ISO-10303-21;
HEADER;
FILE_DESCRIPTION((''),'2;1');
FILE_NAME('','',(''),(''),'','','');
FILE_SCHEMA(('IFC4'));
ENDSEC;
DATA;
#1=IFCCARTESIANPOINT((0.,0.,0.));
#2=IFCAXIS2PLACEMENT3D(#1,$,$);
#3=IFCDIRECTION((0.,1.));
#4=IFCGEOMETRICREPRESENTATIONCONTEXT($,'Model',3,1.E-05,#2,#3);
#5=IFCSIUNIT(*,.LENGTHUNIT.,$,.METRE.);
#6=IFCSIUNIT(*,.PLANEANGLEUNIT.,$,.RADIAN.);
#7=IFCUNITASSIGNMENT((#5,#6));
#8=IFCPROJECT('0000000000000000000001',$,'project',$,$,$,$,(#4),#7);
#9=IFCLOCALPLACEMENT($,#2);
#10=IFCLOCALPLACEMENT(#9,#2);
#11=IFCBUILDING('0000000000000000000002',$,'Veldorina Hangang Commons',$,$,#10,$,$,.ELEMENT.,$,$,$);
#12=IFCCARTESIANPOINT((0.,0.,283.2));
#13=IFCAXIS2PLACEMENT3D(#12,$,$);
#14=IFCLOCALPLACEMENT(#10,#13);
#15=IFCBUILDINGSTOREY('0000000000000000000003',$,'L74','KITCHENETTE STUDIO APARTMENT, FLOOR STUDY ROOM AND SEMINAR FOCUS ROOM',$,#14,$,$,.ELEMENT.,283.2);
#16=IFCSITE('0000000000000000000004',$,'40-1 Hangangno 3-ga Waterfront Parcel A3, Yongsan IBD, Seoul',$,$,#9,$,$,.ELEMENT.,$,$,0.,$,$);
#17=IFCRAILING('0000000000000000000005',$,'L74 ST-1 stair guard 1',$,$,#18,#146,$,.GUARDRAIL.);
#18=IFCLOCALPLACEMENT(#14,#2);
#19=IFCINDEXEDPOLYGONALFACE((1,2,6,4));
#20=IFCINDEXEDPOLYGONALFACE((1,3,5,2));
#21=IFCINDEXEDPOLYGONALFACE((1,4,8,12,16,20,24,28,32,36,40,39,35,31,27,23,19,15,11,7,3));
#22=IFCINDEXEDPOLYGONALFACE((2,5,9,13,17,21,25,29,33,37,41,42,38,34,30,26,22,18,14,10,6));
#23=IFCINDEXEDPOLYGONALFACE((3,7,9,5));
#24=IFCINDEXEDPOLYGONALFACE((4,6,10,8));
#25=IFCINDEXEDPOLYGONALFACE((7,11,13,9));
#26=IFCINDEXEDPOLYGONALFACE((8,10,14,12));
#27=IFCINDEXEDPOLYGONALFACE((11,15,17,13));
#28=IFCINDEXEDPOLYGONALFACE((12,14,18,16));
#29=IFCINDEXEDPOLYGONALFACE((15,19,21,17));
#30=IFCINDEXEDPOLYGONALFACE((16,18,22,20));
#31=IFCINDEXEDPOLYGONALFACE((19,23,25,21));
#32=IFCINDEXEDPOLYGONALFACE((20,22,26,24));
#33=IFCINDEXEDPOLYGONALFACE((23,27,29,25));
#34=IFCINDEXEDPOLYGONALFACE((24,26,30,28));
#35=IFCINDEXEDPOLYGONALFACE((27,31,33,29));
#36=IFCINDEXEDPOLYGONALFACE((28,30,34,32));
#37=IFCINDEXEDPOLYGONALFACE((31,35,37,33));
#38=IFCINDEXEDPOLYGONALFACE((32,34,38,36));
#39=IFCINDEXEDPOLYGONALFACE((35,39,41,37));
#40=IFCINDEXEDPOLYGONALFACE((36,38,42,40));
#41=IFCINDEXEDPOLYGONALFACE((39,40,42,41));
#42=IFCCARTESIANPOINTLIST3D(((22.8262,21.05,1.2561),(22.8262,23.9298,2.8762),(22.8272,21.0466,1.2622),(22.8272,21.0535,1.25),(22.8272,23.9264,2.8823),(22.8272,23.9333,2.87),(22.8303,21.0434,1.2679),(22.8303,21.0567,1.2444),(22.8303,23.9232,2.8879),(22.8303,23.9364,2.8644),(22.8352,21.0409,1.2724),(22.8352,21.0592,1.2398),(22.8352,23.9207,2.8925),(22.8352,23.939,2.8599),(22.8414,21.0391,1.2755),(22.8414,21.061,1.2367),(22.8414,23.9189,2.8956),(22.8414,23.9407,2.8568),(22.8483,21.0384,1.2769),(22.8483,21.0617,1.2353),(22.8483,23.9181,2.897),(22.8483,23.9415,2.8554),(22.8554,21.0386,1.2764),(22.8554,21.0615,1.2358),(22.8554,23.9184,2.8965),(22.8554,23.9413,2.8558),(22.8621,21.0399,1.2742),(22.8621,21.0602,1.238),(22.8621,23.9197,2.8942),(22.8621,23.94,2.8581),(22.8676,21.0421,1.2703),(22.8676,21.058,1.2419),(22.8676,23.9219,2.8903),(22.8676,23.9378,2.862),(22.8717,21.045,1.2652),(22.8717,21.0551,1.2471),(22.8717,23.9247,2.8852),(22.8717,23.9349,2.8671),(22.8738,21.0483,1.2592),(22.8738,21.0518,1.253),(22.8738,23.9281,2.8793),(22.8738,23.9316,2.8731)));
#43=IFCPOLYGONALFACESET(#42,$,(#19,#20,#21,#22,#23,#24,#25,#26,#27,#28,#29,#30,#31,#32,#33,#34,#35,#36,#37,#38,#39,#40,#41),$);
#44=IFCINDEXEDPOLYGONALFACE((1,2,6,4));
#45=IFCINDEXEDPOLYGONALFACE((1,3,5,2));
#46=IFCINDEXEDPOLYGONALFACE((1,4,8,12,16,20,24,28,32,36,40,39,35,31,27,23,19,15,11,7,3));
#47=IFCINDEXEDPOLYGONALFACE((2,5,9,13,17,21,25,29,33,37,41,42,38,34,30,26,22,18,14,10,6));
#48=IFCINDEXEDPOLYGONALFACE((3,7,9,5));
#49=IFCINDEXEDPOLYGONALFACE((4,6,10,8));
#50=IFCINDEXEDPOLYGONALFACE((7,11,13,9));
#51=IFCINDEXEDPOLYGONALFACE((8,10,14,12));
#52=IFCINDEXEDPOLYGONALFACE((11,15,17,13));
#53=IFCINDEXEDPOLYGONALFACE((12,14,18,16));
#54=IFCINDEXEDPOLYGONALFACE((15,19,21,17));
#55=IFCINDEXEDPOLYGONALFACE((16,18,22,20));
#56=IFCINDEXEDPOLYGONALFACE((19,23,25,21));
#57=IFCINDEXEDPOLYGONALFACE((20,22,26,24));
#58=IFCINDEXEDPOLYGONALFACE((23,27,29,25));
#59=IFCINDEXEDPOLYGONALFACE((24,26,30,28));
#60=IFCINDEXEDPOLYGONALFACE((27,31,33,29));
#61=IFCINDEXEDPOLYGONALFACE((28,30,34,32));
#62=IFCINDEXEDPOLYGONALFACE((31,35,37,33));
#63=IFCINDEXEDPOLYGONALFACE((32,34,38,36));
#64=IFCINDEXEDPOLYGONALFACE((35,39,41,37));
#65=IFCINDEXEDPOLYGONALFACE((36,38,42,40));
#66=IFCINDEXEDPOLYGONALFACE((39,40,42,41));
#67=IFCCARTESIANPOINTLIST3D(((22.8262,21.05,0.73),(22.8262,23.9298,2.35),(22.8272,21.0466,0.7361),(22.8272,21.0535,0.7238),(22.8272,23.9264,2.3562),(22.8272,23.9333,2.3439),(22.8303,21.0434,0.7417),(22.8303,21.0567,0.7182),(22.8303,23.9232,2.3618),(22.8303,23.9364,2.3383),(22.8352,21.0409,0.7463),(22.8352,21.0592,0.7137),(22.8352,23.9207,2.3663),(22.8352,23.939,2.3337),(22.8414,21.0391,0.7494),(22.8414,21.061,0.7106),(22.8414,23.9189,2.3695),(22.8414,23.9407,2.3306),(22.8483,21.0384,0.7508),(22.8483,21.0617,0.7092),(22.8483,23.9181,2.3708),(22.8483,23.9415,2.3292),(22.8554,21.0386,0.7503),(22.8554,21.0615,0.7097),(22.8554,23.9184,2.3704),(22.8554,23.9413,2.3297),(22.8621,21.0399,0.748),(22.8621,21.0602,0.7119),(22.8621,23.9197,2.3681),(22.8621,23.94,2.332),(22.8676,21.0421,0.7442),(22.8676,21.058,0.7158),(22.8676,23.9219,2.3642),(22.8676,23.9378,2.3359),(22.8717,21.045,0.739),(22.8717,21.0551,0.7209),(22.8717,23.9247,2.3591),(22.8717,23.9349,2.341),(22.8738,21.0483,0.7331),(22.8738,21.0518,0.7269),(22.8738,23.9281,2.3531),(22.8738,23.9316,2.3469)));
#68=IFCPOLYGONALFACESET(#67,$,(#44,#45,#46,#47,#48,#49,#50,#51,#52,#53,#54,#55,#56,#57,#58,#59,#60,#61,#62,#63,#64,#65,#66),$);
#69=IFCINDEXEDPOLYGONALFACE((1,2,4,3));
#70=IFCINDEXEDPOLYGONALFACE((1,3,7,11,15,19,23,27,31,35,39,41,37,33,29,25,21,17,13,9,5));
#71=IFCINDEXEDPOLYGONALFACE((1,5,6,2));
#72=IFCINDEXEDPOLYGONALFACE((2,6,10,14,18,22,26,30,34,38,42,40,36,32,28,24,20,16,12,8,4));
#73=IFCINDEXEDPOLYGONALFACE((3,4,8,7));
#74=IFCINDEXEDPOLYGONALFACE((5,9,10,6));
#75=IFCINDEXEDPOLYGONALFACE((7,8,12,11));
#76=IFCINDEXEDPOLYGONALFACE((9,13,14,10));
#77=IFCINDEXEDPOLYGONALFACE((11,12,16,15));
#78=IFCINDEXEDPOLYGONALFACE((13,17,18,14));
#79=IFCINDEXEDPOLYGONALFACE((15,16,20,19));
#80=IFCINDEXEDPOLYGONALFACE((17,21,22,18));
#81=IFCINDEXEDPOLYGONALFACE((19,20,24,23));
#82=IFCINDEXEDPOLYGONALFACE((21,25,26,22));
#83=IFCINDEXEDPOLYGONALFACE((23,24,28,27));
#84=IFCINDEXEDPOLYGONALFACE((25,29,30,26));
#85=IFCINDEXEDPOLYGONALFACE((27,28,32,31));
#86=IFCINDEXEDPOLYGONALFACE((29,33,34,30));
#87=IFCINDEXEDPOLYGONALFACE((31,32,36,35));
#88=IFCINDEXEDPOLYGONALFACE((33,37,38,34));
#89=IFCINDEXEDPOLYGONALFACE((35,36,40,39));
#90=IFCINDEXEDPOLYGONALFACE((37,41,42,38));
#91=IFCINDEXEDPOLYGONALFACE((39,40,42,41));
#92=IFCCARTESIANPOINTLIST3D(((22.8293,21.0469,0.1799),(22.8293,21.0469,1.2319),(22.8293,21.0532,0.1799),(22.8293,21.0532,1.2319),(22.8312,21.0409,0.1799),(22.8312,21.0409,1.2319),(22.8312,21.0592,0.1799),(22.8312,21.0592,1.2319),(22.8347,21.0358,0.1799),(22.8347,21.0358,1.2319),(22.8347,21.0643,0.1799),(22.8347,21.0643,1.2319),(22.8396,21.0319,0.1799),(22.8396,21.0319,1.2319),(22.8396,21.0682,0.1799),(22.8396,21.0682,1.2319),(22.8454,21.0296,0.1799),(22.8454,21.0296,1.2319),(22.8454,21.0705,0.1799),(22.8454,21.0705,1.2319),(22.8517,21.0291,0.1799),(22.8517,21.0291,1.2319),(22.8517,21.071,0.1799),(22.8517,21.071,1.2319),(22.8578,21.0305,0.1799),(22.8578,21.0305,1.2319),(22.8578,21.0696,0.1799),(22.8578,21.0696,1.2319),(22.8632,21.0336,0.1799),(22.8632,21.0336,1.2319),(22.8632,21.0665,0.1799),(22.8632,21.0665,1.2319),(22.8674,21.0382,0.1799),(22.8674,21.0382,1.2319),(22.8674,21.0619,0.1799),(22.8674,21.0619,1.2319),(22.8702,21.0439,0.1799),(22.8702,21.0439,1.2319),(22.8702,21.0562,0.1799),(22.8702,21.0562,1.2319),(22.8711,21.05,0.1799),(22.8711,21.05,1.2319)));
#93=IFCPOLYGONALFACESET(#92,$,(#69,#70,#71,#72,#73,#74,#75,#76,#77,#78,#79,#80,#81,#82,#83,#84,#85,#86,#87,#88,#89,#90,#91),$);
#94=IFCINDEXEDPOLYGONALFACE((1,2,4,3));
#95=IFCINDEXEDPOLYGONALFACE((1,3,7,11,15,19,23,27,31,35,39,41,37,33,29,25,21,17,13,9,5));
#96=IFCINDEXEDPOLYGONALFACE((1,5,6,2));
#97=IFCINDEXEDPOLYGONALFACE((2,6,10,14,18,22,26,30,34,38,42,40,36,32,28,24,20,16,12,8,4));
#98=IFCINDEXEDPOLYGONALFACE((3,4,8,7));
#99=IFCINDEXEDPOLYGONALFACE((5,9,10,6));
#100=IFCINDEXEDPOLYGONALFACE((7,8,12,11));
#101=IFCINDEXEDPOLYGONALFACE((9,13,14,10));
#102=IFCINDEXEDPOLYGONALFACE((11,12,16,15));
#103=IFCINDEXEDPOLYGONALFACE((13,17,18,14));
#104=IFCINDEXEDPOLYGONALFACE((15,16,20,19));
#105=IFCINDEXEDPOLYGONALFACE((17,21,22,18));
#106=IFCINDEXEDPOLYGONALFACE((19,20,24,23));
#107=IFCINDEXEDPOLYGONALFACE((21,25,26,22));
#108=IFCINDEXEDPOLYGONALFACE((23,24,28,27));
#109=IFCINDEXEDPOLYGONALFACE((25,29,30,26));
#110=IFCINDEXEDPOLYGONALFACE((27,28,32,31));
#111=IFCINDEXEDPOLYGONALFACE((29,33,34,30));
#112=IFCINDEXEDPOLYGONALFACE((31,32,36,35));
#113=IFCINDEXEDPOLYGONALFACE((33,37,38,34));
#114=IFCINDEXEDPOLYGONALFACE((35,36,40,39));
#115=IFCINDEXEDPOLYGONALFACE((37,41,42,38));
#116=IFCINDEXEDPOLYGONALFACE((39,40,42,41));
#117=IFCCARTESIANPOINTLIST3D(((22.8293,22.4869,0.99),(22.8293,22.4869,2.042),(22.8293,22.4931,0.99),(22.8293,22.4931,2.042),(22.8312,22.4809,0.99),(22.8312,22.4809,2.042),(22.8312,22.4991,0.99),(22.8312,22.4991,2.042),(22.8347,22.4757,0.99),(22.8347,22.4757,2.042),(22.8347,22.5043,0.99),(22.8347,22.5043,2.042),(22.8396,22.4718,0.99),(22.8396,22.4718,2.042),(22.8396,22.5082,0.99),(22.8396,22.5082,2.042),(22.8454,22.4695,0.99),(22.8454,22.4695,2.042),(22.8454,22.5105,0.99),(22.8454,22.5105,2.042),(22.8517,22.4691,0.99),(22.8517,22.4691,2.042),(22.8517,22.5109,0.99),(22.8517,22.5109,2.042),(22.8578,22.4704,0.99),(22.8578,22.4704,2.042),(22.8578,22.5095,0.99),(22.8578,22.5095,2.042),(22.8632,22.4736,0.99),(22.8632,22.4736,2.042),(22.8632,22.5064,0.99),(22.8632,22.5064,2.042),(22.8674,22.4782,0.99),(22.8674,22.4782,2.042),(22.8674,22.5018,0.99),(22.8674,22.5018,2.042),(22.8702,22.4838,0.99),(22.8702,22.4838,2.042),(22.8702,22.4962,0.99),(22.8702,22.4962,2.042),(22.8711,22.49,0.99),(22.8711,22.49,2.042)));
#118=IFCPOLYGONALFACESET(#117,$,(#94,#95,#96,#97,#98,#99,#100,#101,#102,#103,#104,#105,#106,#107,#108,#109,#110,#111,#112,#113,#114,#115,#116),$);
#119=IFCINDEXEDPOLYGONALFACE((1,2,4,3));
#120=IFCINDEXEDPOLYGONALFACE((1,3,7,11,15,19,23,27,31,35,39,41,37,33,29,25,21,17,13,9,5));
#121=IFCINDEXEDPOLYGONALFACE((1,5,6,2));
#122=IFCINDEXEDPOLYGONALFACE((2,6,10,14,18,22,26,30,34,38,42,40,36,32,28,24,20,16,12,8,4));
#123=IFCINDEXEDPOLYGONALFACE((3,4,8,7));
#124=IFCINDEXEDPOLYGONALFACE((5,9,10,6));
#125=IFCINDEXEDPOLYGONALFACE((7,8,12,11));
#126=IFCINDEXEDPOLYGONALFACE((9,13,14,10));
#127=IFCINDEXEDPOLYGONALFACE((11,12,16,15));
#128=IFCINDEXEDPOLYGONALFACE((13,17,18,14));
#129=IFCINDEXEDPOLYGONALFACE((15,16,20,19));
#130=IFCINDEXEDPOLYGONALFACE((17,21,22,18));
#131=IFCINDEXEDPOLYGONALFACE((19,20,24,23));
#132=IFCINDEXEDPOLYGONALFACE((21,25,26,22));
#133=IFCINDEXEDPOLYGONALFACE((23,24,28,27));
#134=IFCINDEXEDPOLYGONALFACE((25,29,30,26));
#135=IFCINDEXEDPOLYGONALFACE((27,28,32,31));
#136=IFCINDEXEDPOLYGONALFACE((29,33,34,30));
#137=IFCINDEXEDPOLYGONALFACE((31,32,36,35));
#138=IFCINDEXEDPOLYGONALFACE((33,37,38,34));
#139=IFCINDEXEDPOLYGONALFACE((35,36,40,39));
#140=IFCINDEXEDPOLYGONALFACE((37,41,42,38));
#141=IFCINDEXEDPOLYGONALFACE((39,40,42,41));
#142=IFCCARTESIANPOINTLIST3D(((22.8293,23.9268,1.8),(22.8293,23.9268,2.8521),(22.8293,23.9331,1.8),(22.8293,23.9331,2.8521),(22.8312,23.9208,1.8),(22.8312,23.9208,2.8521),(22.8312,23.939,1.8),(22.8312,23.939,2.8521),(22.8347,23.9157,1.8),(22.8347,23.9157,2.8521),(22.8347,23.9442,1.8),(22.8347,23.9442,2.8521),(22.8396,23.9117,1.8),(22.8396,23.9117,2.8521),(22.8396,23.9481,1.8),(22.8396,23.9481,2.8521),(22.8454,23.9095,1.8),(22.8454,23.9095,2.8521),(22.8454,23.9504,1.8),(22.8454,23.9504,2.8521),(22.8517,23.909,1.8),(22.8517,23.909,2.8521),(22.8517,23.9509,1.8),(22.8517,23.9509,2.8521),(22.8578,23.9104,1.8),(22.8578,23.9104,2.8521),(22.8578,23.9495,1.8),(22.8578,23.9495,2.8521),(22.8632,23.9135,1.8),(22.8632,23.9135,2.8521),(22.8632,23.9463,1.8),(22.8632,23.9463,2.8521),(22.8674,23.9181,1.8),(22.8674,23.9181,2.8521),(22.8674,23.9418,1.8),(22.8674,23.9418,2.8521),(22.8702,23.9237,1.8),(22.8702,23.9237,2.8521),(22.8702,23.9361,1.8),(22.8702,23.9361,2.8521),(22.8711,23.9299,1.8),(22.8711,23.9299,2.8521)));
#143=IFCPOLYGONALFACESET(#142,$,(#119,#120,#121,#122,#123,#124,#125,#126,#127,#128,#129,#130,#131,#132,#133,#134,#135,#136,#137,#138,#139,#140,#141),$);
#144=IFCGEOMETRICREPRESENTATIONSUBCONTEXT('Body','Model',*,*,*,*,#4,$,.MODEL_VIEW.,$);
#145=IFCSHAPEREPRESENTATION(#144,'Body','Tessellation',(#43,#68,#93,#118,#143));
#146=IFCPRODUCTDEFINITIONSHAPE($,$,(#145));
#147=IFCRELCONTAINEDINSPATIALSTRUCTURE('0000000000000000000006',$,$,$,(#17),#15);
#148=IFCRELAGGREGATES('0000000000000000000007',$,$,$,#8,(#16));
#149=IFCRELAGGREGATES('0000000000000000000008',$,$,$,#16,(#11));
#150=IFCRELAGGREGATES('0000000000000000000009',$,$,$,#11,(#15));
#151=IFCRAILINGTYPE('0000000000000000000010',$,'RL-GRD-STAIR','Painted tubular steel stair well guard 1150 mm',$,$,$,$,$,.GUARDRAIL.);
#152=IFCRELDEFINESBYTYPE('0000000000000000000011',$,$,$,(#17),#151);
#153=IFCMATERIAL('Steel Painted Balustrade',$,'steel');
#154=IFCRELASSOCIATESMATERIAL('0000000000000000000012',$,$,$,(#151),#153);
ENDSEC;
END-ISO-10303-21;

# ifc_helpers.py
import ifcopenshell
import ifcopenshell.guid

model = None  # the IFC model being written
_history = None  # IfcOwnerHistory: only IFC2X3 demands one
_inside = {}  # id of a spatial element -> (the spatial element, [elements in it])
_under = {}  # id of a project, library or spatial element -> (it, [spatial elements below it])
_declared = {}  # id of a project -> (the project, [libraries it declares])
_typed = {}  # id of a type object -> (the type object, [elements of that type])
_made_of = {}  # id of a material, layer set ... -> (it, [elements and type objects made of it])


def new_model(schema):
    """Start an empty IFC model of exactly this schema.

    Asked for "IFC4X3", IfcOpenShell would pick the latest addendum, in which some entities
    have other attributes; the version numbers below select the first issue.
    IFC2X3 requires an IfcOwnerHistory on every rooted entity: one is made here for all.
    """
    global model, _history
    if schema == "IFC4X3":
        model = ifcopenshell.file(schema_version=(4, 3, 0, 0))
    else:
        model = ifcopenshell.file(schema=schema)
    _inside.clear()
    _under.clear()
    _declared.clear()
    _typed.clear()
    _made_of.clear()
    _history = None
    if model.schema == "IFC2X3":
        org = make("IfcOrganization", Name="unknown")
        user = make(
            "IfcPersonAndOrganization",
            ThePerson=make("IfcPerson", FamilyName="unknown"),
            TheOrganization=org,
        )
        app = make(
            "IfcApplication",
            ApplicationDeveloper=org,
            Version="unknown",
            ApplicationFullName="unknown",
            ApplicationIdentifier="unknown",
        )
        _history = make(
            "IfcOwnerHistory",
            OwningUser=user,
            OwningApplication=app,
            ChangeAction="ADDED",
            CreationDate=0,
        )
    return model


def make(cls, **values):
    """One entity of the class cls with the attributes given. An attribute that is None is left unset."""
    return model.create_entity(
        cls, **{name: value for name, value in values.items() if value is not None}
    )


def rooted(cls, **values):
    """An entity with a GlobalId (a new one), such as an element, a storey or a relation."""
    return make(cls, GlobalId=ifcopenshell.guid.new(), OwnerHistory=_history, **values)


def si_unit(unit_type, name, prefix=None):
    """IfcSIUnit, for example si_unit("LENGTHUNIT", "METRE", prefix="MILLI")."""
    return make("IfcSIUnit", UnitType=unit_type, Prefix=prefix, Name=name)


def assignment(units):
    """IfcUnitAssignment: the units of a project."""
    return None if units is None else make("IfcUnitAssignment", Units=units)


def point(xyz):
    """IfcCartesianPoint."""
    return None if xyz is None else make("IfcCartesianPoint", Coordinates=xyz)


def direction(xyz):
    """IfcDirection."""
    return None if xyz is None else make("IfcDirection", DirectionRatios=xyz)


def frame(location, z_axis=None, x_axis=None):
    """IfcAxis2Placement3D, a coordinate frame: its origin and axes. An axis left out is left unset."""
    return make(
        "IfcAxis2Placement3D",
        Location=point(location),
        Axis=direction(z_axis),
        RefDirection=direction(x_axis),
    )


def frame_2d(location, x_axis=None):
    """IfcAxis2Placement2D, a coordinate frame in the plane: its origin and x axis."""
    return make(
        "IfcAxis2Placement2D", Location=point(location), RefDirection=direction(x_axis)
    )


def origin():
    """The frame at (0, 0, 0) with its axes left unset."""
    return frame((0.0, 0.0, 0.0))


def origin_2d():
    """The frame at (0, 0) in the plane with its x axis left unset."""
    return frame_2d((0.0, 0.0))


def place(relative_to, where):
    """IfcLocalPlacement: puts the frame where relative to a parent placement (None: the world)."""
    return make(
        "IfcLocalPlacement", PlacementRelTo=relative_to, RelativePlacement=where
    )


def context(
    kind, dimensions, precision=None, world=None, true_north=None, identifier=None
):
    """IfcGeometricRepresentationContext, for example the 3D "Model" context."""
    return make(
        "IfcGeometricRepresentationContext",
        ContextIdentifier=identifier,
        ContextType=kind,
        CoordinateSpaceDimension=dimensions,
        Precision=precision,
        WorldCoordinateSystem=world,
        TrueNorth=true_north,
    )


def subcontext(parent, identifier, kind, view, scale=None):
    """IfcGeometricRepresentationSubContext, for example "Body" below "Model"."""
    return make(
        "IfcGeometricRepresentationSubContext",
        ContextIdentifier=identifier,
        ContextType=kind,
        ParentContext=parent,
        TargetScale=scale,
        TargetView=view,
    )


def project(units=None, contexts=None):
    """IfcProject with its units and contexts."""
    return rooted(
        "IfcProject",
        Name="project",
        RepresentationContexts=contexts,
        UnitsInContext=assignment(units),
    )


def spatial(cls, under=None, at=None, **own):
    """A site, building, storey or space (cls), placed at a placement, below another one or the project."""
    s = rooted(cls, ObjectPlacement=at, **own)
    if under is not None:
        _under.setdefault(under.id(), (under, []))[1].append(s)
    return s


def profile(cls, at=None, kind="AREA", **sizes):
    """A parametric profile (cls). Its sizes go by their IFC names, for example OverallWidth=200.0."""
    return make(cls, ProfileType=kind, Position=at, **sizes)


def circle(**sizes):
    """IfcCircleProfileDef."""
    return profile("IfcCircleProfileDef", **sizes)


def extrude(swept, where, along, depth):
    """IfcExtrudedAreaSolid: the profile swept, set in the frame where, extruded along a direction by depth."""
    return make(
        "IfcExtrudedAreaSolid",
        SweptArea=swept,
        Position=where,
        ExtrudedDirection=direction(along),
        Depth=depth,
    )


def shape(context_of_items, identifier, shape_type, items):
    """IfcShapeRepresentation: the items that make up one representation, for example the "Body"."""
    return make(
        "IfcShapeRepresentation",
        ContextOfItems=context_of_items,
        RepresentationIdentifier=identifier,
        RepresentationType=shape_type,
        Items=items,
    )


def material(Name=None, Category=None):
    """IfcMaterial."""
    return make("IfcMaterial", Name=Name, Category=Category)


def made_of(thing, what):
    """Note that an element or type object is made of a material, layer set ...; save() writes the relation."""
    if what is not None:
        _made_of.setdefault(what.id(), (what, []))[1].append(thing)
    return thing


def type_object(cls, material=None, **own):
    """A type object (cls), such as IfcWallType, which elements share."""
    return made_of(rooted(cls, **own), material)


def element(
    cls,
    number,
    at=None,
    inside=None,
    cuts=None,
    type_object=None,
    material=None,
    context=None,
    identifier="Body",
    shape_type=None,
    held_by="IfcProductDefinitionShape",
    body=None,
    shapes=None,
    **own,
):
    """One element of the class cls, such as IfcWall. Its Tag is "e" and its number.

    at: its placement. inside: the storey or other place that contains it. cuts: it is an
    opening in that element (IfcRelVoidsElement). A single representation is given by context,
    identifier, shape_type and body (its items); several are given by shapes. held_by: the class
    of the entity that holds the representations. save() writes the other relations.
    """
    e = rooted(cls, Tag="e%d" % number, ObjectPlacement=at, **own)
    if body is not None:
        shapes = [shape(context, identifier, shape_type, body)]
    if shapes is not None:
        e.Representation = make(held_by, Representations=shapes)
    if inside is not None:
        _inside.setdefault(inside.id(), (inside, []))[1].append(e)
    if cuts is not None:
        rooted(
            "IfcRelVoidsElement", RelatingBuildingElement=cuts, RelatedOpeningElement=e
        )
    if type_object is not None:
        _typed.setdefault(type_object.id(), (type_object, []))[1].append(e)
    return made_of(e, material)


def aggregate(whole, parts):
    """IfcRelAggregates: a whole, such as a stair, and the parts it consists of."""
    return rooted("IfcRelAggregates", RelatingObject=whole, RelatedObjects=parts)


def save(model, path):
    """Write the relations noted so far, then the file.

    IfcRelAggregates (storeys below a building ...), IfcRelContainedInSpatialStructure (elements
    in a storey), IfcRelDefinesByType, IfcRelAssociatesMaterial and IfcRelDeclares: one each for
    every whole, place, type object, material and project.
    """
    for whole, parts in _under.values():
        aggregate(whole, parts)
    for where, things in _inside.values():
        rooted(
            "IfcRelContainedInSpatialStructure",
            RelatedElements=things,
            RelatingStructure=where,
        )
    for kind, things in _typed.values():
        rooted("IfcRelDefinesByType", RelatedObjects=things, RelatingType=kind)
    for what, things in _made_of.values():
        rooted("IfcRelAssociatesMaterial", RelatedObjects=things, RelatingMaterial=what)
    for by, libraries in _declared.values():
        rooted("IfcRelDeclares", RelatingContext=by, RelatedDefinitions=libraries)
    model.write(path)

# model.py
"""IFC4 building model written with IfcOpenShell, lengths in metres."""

from ifc_helpers import new_model, si_unit, direction, frame, origin, origin_2d, place, context, subcontext, project, spatial, circle, extrude, material, type_object, element, save


model = new_model("IFC4")

# Units and contexts
model_context = context("Model", 3, precision=1e-05, world=origin(), true_north=direction((0.0, 1.0)))
body_context = subcontext(model_context, "Body", "Model", "MODEL_VIEW")
ifc_project = project(units=[si_unit("LENGTHUNIT", "METRE"), si_unit("PLANEANGLEUNIT", "RADIAN")], contexts=[model_context])

# Site, building, storey
site_placement = place(None, origin())
site = spatial("IfcSite", under=ifc_project, at=site_placement, Name="40-1 Hangangno 3-ga Waterfront Parcel A3, Yongsan IBD, Seoul", CompositionType="ELEMENT", RefElevation=0.0)
building_placement = place(site_placement, origin())
building = spatial("IfcBuilding", under=site, at=building_placement, Name="Veldorina Hangang Commons", CompositionType="ELEMENT")
storey_placement = place(building_placement, frame((0.0, 0.0, 283.2)))
storey = spatial("IfcBuildingStorey", under=building, at=storey_placement, Name="L74", Description="KITCHENETTE STUDIO APARTMENT, FLOOR STUDY ROOM AND SEMINAR FOCUS ROOM", CompositionType="ELEMENT", Elevation=283.2)

# Railing
ifc_material_1 = material(Name="Steel Painted Balustrade", Category="steel")
railing_type_1 = type_object("IfcRailingType", Name="RL-GRD-STAIR", Description="Painted tubular steel stair well guard 1150 mm", PredefinedType="GUARDRAIL", material=ifc_material_1)
railing_1_placement = place(storey_placement, frame((22.8501, 21.05, 0.1799)))
element("IfcRailing", 1, at=railing_1_placement, inside=storey, type_object=railing_type_1, Name="L74 ST-1 stair guard 1", PredefinedType="GUARDRAIL", context=body_context, shape_type="SweptSolid", body=[
    extrude(circle(Radius=0.0239, at=origin_2d()), frame((0.0, 0.0, 1.0762), z_axis=(0.0, 0.871552, 0.490303), x_axis=(-1.0, 0.0, 0.0)), (0.0, 0.0, 1.0), 3.3042),
    extrude(circle(Radius=0.0239, at=origin_2d()), frame((0.0, 0.0, 0.55), z_axis=(0.0, 0.871552, 0.490303), x_axis=(-1.0, 0.0, 0.0)), (0.0, 0.0, 1.0), 3.3042),
    extrude(circle(Radius=0.021, at=origin_2d()), origin(), (0.0, 0.0, 1.0), 1.052),
    extrude(circle(Radius=0.021, at=origin_2d()), frame((0.0, 1.4399, 0.8101)), (0.0, 0.0, 1.0), 1.052),
    extrude(circle(Radius=0.021, at=origin_2d()), frame((0.0, 2.8799, 1.6201)), (0.0, 0.0, 1.0), 1.052),
])

save(model, "model.ifc")
